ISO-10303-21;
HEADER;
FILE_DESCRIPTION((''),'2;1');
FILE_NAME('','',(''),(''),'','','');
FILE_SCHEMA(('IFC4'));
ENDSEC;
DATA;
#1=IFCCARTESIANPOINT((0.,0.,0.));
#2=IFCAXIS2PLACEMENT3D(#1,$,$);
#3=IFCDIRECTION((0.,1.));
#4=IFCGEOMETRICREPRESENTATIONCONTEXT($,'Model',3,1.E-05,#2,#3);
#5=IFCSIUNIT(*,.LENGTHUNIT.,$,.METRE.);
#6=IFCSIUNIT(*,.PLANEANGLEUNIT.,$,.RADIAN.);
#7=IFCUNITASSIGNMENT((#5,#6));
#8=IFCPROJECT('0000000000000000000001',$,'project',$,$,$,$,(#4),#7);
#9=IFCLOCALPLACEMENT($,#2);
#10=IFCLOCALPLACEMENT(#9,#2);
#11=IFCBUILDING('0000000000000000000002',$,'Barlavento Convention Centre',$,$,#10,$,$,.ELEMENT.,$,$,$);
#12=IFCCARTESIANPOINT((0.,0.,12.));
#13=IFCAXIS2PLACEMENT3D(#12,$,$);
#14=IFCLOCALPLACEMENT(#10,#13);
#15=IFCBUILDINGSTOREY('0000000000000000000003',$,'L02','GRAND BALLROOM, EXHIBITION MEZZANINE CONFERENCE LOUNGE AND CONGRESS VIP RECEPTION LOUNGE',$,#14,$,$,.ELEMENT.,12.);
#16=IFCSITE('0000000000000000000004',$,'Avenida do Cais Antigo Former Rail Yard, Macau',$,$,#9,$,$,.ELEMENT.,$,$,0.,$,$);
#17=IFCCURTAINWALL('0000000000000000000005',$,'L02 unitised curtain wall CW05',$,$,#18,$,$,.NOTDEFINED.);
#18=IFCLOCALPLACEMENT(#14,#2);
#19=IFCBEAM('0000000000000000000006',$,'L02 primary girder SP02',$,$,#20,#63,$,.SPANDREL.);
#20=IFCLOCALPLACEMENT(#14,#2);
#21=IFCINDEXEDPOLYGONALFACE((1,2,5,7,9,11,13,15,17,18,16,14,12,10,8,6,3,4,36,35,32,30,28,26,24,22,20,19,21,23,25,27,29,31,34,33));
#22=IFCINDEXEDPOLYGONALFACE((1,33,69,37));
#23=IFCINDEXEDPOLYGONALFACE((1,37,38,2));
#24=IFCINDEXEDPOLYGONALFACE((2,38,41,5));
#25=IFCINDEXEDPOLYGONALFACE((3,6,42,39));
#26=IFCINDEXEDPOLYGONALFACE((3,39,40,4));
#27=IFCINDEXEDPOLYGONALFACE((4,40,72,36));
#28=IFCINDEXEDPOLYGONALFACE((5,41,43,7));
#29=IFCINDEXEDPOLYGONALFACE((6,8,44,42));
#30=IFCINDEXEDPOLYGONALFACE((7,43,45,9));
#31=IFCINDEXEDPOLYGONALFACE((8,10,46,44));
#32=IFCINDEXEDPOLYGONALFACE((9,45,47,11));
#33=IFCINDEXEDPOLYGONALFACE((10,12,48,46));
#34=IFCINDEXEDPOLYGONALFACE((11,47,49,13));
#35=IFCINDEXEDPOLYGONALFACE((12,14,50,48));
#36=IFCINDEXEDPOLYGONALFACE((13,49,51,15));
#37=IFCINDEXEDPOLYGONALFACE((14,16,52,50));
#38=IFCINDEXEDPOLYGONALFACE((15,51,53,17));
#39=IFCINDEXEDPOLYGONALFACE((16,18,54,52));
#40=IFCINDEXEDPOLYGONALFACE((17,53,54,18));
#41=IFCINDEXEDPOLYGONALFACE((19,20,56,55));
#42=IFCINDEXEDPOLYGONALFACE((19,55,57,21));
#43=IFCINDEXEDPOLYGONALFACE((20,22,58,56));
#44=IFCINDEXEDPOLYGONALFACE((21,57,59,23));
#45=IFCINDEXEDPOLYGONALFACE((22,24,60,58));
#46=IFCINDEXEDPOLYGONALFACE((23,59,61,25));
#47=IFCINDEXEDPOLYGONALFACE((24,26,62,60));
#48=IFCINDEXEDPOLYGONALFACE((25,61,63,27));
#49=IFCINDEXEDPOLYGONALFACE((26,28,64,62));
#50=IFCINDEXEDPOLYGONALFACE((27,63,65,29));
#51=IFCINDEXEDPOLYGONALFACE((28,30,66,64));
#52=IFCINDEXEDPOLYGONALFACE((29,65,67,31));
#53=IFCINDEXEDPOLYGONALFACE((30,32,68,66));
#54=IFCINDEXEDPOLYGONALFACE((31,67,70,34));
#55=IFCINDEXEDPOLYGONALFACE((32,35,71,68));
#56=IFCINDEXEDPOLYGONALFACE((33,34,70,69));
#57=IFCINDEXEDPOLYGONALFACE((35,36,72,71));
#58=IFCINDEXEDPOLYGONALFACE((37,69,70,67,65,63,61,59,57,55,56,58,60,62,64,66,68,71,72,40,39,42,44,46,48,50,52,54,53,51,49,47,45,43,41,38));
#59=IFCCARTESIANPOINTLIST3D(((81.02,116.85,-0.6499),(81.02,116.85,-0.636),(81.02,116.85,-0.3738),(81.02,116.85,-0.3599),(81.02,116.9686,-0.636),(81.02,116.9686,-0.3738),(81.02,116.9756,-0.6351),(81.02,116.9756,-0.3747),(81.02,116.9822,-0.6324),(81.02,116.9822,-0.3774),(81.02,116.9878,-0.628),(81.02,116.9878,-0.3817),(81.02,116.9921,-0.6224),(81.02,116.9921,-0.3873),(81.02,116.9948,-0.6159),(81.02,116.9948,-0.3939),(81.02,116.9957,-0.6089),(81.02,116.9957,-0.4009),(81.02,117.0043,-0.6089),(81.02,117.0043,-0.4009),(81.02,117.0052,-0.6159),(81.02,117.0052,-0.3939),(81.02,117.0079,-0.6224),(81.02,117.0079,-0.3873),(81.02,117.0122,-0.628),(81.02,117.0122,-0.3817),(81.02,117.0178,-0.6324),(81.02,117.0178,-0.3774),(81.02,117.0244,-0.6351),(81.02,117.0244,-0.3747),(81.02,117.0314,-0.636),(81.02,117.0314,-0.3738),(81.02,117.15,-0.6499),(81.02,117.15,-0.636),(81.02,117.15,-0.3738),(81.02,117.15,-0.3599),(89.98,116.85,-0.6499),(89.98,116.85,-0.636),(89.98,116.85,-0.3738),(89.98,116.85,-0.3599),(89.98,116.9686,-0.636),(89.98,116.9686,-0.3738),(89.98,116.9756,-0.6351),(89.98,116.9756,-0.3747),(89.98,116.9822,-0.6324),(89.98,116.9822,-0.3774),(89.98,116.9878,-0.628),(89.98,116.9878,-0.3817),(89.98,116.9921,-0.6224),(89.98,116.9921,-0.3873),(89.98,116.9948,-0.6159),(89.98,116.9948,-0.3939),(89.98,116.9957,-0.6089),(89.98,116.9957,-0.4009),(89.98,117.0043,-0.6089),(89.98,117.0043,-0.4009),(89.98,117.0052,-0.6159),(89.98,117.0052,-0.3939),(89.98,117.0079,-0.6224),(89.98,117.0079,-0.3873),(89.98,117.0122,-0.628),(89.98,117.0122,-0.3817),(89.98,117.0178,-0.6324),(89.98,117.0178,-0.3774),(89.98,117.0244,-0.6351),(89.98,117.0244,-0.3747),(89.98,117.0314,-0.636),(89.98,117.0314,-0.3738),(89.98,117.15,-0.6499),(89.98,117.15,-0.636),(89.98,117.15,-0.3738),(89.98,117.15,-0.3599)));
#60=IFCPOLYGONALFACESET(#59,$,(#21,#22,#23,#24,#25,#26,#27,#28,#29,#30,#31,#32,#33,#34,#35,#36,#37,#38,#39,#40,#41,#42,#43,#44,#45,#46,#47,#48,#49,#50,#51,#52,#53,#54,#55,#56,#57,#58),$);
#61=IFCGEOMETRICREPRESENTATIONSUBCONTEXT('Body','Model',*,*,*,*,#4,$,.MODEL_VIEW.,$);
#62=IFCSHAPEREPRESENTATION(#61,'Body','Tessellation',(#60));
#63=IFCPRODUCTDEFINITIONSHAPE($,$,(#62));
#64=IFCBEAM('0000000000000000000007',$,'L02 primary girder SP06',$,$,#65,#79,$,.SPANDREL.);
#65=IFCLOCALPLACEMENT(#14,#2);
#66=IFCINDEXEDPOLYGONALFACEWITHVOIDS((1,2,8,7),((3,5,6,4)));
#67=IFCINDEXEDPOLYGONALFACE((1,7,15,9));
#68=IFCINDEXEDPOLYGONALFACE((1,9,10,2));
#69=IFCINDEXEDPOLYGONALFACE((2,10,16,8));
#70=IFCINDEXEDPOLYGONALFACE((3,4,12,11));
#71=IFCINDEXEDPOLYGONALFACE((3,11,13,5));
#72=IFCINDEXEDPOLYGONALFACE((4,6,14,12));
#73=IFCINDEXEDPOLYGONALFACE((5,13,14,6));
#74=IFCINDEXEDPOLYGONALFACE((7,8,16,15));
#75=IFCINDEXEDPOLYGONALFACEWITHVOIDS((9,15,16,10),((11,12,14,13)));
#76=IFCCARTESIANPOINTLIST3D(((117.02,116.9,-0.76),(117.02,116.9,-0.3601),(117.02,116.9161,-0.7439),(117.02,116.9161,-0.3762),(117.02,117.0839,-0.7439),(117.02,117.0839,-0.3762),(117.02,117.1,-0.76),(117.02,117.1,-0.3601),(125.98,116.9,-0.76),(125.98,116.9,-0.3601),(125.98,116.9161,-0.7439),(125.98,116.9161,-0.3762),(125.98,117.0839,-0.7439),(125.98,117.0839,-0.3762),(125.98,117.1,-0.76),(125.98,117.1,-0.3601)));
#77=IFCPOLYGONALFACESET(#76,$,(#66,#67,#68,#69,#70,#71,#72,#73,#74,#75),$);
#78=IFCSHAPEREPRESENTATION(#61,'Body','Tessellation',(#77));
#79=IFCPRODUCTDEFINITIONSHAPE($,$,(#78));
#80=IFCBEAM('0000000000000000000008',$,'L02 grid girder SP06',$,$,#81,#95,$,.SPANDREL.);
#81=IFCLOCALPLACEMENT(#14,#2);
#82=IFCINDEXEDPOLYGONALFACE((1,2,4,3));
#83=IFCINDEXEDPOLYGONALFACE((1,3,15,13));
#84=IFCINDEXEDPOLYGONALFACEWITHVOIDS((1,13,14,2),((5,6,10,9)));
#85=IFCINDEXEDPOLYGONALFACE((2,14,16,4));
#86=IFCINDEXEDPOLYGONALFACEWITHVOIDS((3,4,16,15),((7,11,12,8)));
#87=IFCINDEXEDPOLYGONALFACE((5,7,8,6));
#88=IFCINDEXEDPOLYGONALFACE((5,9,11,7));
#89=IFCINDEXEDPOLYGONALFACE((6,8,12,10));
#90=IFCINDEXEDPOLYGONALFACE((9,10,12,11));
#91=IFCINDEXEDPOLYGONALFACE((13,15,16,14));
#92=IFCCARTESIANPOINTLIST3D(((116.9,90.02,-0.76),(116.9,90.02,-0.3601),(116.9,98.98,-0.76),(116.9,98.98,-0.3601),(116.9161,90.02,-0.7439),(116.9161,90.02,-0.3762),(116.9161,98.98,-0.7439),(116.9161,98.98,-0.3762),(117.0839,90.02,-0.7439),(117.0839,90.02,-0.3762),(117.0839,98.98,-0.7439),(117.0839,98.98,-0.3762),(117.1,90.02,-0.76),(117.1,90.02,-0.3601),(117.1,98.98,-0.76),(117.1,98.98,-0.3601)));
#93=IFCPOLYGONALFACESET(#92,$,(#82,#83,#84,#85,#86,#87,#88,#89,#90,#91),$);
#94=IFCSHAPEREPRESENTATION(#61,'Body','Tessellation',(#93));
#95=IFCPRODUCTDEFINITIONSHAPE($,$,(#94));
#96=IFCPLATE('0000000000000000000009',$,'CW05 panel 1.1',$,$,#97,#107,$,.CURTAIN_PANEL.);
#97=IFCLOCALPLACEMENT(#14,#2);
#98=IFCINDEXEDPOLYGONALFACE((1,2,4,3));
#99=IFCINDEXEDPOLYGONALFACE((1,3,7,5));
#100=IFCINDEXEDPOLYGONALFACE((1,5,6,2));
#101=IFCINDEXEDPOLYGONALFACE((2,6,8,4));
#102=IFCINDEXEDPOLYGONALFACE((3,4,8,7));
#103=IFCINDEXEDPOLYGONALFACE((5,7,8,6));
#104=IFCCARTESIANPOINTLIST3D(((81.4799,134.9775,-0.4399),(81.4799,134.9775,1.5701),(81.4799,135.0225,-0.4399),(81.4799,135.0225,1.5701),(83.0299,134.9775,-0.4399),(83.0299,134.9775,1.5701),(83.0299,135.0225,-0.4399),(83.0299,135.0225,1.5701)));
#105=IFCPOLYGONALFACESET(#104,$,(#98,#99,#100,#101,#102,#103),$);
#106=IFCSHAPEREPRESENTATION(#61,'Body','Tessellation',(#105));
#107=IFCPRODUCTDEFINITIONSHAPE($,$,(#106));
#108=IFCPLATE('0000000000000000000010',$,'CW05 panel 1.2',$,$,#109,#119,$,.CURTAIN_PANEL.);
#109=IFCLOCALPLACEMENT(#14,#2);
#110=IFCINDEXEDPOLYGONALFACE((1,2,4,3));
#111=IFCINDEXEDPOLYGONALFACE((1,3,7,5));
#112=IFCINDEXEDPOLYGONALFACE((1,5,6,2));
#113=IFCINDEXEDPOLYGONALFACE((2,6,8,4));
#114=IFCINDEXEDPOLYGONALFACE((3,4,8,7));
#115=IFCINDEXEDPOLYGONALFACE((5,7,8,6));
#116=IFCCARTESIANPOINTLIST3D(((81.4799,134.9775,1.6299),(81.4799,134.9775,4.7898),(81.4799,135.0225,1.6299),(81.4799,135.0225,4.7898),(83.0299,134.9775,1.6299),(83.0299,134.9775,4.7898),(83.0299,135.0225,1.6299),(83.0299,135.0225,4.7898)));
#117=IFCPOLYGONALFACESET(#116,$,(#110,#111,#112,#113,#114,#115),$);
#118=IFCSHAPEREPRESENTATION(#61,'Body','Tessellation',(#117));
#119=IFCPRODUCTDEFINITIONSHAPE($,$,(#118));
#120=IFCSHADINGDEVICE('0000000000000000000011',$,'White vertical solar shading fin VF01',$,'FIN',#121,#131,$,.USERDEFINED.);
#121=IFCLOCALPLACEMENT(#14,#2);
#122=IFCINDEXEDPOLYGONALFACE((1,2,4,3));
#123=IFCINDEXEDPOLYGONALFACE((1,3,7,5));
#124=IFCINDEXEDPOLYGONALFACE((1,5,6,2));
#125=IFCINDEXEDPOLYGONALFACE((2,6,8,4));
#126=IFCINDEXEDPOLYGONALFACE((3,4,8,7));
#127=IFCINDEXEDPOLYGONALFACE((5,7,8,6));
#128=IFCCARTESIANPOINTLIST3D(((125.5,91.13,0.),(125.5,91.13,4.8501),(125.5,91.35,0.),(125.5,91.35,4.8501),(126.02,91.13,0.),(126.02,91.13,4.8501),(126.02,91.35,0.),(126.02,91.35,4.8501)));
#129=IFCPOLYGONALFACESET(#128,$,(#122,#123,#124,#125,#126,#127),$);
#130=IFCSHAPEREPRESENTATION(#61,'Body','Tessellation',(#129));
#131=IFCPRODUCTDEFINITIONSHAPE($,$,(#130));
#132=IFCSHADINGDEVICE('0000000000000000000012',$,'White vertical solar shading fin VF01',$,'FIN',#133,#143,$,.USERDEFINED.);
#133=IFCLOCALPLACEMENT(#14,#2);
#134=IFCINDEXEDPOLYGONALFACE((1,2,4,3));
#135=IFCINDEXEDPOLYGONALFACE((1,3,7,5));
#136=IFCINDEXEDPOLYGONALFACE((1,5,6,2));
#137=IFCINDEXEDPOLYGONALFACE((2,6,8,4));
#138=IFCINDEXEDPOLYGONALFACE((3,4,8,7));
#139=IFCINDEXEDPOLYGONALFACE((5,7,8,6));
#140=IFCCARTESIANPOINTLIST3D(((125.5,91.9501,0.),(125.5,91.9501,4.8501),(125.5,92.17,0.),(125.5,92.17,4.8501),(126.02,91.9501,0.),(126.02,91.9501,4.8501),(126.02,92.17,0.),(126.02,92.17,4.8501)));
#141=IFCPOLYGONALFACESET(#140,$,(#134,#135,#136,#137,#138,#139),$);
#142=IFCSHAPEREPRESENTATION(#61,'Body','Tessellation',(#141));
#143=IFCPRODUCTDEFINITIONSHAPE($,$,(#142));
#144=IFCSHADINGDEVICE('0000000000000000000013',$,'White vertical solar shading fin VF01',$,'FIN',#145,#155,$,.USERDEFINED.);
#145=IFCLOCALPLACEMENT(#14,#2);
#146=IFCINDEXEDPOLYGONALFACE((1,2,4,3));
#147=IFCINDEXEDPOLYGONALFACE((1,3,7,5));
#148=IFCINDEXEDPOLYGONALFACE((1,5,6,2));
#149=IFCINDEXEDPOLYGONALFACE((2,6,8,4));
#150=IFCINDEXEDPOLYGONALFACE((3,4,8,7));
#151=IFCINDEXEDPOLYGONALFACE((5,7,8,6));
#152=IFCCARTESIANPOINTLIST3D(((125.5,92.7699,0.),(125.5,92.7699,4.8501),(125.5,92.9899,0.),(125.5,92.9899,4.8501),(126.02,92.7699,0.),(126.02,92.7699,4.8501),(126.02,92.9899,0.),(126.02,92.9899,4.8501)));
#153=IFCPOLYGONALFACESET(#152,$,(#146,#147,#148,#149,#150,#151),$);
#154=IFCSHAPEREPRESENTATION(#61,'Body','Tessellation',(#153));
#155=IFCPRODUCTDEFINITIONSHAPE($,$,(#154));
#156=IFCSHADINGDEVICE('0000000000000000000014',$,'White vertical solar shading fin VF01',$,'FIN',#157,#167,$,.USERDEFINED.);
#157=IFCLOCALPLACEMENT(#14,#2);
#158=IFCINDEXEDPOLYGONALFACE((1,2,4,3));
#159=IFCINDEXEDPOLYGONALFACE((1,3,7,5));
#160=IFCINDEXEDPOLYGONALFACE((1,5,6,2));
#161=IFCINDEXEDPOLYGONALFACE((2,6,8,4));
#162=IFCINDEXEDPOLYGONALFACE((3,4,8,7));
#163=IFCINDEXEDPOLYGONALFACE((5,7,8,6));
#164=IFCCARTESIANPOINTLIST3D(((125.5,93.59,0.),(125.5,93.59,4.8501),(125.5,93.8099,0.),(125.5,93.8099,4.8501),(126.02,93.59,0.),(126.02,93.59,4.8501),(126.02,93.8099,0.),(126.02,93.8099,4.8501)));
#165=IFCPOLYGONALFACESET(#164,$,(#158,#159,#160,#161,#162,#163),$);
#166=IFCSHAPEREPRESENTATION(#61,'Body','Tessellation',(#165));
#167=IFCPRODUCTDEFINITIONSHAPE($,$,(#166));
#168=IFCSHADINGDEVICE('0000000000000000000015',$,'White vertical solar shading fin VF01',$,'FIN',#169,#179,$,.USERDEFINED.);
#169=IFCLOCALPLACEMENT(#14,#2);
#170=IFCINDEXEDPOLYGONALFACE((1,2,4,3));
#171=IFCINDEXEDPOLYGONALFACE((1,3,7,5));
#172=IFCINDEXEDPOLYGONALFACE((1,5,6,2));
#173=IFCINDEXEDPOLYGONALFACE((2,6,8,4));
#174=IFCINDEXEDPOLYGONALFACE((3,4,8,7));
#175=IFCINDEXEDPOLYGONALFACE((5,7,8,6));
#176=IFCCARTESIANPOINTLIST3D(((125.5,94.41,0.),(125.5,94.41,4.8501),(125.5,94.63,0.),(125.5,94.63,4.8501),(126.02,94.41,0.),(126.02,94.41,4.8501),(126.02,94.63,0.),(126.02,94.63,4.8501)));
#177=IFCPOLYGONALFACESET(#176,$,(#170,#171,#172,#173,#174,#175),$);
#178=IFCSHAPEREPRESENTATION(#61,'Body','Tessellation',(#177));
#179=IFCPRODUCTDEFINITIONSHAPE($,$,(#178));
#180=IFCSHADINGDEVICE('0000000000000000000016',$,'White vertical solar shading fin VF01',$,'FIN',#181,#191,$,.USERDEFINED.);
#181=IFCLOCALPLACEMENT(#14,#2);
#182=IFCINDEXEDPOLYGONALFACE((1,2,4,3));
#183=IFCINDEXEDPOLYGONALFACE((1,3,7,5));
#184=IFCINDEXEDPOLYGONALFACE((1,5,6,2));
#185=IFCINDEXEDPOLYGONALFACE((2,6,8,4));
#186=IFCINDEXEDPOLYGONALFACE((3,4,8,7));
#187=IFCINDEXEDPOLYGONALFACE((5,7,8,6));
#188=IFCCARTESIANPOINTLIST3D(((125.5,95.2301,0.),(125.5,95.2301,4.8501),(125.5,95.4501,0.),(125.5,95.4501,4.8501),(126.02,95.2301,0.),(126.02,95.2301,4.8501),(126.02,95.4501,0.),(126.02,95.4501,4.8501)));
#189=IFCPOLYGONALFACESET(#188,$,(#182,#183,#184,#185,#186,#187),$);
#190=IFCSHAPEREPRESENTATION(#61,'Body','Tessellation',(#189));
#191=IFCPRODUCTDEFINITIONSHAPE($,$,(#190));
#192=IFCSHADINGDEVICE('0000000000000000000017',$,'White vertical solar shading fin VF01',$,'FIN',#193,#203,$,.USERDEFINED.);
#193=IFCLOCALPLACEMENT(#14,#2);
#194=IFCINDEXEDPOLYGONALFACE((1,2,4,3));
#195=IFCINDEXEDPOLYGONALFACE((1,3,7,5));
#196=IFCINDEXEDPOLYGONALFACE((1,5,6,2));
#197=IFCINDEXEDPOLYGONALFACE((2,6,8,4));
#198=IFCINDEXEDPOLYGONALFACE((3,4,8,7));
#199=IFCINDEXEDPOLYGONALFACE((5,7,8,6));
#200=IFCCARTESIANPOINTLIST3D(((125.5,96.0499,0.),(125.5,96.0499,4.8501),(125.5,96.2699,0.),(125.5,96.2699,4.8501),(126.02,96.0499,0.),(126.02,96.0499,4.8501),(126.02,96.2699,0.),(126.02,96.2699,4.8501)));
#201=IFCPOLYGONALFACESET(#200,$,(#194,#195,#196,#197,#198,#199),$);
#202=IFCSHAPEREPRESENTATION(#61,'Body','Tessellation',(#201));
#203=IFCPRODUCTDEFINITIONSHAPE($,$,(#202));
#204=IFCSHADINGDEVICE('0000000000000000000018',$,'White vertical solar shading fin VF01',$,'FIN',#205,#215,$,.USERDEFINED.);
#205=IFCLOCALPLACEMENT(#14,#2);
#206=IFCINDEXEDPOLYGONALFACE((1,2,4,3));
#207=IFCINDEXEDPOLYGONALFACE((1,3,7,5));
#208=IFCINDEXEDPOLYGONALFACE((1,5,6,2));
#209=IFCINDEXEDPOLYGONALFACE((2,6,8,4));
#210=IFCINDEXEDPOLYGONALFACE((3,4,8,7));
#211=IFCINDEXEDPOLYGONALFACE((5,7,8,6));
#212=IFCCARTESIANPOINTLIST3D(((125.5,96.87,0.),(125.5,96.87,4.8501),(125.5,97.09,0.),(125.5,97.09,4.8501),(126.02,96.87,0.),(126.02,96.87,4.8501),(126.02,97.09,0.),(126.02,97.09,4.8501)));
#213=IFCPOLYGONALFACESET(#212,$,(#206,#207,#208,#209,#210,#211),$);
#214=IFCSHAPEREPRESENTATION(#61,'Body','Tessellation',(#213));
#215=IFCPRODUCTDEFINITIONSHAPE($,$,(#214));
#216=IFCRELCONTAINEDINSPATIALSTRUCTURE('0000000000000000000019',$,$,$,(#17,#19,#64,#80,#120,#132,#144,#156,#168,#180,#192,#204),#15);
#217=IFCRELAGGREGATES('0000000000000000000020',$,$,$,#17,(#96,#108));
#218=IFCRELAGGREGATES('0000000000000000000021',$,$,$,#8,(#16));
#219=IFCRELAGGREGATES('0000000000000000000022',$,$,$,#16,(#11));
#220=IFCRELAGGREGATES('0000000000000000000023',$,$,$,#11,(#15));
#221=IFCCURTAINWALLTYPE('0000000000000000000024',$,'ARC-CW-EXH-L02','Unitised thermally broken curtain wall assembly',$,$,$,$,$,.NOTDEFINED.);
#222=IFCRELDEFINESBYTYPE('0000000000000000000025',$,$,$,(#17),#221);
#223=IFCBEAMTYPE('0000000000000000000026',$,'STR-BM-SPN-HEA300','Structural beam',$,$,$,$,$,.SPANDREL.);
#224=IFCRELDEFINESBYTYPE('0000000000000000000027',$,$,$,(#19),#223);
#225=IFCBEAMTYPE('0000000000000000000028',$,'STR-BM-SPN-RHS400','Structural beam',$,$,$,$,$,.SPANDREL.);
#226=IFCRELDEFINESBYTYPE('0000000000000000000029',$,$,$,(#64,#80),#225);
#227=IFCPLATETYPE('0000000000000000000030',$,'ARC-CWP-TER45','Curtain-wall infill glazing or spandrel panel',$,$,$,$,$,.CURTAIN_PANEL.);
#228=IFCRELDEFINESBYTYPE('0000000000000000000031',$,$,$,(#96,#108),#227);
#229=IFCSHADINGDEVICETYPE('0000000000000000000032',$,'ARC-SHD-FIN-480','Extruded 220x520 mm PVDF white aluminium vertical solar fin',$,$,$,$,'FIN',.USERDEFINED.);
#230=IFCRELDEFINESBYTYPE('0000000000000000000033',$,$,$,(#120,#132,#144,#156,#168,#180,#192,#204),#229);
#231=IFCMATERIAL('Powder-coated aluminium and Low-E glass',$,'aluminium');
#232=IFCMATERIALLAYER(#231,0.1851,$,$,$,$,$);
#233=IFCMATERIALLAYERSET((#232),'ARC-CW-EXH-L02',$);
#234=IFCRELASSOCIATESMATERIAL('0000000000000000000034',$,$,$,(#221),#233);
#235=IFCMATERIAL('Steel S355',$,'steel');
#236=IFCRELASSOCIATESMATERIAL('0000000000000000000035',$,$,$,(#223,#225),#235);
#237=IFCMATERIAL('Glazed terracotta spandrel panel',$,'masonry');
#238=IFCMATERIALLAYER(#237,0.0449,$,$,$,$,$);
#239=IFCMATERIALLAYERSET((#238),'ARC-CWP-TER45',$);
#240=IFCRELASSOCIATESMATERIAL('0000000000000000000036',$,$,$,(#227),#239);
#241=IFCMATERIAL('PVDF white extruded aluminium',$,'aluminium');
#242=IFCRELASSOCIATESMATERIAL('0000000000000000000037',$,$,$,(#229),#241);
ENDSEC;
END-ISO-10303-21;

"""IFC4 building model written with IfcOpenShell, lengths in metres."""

from ifc_helpers import new_model, si_unit, direction, frame, origin, origin_2d, place, context, subcontext, project, spatial, rectangle, hollow_rectangle, i_section, extrude, material, layer, layer_set, material_profile, profile_set, type_object, element, aggregate, save


model = new_model("IFC4")

# Units and contexts
model_context = context("Model", 3, precision=1e-05, world=origin(), true_north=direction((0.0, 1.0)))
body_context = subcontext(model_context, "Body", "Model", "MODEL_VIEW")
ifc_project = project(units=[si_unit("LENGTHUNIT", "METRE"), si_unit("PLANEANGLEUNIT", "RADIAN")], contexts=[model_context])

# Site, building, storey
site_placement = place(None, origin())
site = spatial("IfcSite", under=ifc_project, at=site_placement, Name="Avenida do Cais Antigo Former Rail Yard, Macau", CompositionType="ELEMENT", RefElevation=0.0)
building_placement = place(site_placement, origin())
building = spatial("IfcBuilding", under=site, at=building_placement, Name="Barlavento Convention Centre", CompositionType="ELEMENT")
storey_placement = place(building_placement, frame((0.0, 0.0, 12.0)))
storey = spatial("IfcBuildingStorey", under=building, at=storey_placement, Name="L02", Description="GRAND BALLROOM, EXHIBITION MEZZANINE CONFERENCE LOUNGE AND CONGRESS VIP RECEPTION LOUNGE", CompositionType="ELEMENT", Elevation=12.0)

# Shared definitions
ifc_material_1 = material(Name="Steel S355", Category="steel")

# Curtain wall
ifc_material_2 = material(Name="Powder-coated aluminium and Low-E glass", Category="aluminium")
ifc_layer_1 = layer(ifc_material_2, 0.1851)
ifc_layer_set_1 = layer_set([ifc_layer_1], Name="ARC-CW-EXH-L02")
curtain_wall_type = type_object("IfcCurtainWallType", Name="ARC-CW-EXH-L02", Description="Unitised thermally broken curtain wall assembly", PredefinedType="NOTDEFINED", material=ifc_layer_set_1)
curtain_wall_placement = place(storey_placement, origin())
curtain_wall = element("IfcCurtainWall", 1, at=curtain_wall_placement, inside=storey, type_object=curtain_wall_type, Name="L02 unitised curtain wall CW05", PredefinedType="NOTDEFINED")

# Beams
ifc_material_profile_1 = material_profile(ifc_material_1, i_section(OverallWidth=0.3, OverallDepth=0.29, WebThickness=0.0085, FlangeThickness=0.0139, FilletRadius=0.0271, at=origin_2d()), Name="HEA 300")
ifc_profile_set_1 = profile_set([ifc_material_profile_1], Name="Steel S355")
beam_type_1 = type_object("IfcBeamType", Name="STR-BM-SPN-HEA300", Description="Structural beam", PredefinedType="SPANDREL", material=ifc_profile_set_1)
beam_1_placement = place(storey_placement, frame((81.02, 117.0, -0.5049), z_axis=(1.0, 0.0, 0.0), x_axis=(0.0, 1.0, 0.0)))
element("IfcBeam", 2, at=beam_1_placement, inside=storey, type_object=beam_type_1, Name="L02 primary girder SP02", PredefinedType="SPANDREL", context=body_context, shape_type="SweptSolid", body=[
    extrude(i_section(OverallWidth=0.3, OverallDepth=0.29, WebThickness=0.0085, FlangeThickness=0.0139, FilletRadius=0.0271, at=origin_2d()), origin(), (0.0, 0.0, 1.0), 8.96),
])
ifc_material_profile_2 = material_profile(ifc_material_1, hollow_rectangle(XDim=0.2, YDim=0.3999, WallThickness=0.0161, at=origin_2d()), Name="RHS 400x200x16.0")
ifc_profile_set_2 = profile_set([ifc_material_profile_2], Name="Steel S355")
beam_type_2 = type_object("IfcBeamType", Name="STR-BM-SPN-RHS400", Description="Structural beam", PredefinedType="SPANDREL", material=ifc_profile_set_2)
for number, where, z_axis, x_axis, name in (
    (3, (117.02, 117.0, -0.5601), (1.0, 0.0, 0.0), (0.0, 1.0, 0.0), "L02 primary girder SP06"),
    (4, (117.0, 90.02, -0.5601), (0.0, 1.0, 0.0), (-1.0, 0.0, 0.0), "L02 grid girder SP06"),
):
    element("IfcBeam", number, at=place(storey_placement, frame(where, z_axis=z_axis, x_axis=x_axis)), inside=storey, type_object=beam_type_2, Name=name, PredefinedType="SPANDREL", context=body_context, shape_type="SweptSolid", body=[
        extrude(hollow_rectangle(XDim=0.2, YDim=0.3999, WallThickness=0.0161, at=origin_2d()), origin(), (0.0, 0.0, 1.0), 8.96),
    ])

# Plates
ifc_material_3 = material(Name="Glazed terracotta spandrel panel", Category="masonry")
ifc_layer_2 = layer(ifc_material_3, 0.0449)
ifc_layer_set_2 = layer_set([ifc_layer_2], Name="ARC-CWP-TER45")
plate_type = type_object("IfcPlateType", Name="ARC-CWP-TER45", Description="Curtain-wall infill glazing or spandrel panel", PredefinedType="CURTAIN_PANEL", material=ifc_layer_set_2)
plate_1_placement = place(storey_placement, frame((82.2549, 135.0, -0.4399), z_axis=(0.0, 0.0, 1.0), x_axis=(1.0, 0.0, 0.0)))
plate_1 = element("IfcPlate", 5, at=plate_1_placement, type_object=plate_type, Name="CW05 panel 1.1", PredefinedType="CURTAIN_PANEL", context=body_context, shape_type="SweptSolid", body=[
    extrude(rectangle(XDim=1.55, YDim=0.0449, at=origin_2d()), origin(), (0.0, 0.0, 1.0), 2.01),
])
plate_2_placement = place(storey_placement, frame((82.2549, 135.0, 1.6299), z_axis=(0.0, 0.0, 1.0), x_axis=(1.0, 0.0, 0.0)))
plate_2 = element("IfcPlate", 6, at=plate_2_placement, type_object=plate_type, Name="CW05 panel 1.2", PredefinedType="CURTAIN_PANEL", context=body_context, shape_type="SweptSolid", body=[
    extrude(rectangle(XDim=1.55, YDim=0.0449, at=origin_2d()), origin(), (0.0, 0.0, 1.0), 3.1599),
])
aggregate(curtain_wall, [plate_1, plate_2])

# Shading devices
ifc_material_4 = material(Name="PVDF white extruded aluminium", Category="aluminium")
shading_device_type = type_object("IfcShadingDeviceType", Name="ARC-SHD-FIN-480", Description="Extruded 220x520 mm PVDF white aluminium vertical solar fin", ElementType="FIN", PredefinedType="USERDEFINED", material=ifc_material_4)
for number, where, z_axis, x_axis, name in (
    (7, (125.76, 91.24, 0.0), (0.0, 0.0, 1.0), (0.0, 1.0, 0.0), "White vertical solar shading fin VF01"),
    (8, (125.76, 92.0601, 0.0), (0.0, 0.0, 1.0), (0.0, 1.0, 0.0), "White vertical solar shading fin VF01"),
    (9, (125.76, 92.8799, 0.0), (0.0, 0.0, 1.0), (0.0, 1.0, 0.0), "White vertical solar shading fin VF01"),
    (10, (125.76, 93.7, 0.0), (0.0, 0.0, 1.0), (0.0, 1.0, 0.0), "White vertical solar shading fin VF01"),
    (11, (125.76, 94.52, 0.0), (0.0, 0.0, 1.0), (0.0, 1.0, 0.0), "White vertical solar shading fin VF01"),
    (12, (125.76, 95.3401, 0.0), (0.0, 0.0, 1.0), (0.0, 1.0, 0.0), "White vertical solar shading fin VF01"),
    (13, (125.76, 96.1599, 0.0), (0.0, 0.0, 1.0), (0.0, 1.0, 0.0), "White vertical solar shading fin VF01"),
    (14, (125.76, 96.98, 0.0), (0.0, 0.0, 1.0), (0.0, 1.0, 0.0), "White vertical solar shading fin VF01"),
):
    element("IfcShadingDevice", number, at=place(storey_placement, frame(where, z_axis=z_axis, x_axis=x_axis)), inside=storey, type_object=shading_device_type, Name=name, ObjectType="FIN", PredefinedType="USERDEFINED", context=body_context, shape_type="SweptSolid", body=[
        extrude(rectangle(XDim=0.22, YDim=0.52, at=origin_2d()), origin(), (0.0, 0.0, 1.0), 4.8501),
    ])

save(model, "model.ifc")
